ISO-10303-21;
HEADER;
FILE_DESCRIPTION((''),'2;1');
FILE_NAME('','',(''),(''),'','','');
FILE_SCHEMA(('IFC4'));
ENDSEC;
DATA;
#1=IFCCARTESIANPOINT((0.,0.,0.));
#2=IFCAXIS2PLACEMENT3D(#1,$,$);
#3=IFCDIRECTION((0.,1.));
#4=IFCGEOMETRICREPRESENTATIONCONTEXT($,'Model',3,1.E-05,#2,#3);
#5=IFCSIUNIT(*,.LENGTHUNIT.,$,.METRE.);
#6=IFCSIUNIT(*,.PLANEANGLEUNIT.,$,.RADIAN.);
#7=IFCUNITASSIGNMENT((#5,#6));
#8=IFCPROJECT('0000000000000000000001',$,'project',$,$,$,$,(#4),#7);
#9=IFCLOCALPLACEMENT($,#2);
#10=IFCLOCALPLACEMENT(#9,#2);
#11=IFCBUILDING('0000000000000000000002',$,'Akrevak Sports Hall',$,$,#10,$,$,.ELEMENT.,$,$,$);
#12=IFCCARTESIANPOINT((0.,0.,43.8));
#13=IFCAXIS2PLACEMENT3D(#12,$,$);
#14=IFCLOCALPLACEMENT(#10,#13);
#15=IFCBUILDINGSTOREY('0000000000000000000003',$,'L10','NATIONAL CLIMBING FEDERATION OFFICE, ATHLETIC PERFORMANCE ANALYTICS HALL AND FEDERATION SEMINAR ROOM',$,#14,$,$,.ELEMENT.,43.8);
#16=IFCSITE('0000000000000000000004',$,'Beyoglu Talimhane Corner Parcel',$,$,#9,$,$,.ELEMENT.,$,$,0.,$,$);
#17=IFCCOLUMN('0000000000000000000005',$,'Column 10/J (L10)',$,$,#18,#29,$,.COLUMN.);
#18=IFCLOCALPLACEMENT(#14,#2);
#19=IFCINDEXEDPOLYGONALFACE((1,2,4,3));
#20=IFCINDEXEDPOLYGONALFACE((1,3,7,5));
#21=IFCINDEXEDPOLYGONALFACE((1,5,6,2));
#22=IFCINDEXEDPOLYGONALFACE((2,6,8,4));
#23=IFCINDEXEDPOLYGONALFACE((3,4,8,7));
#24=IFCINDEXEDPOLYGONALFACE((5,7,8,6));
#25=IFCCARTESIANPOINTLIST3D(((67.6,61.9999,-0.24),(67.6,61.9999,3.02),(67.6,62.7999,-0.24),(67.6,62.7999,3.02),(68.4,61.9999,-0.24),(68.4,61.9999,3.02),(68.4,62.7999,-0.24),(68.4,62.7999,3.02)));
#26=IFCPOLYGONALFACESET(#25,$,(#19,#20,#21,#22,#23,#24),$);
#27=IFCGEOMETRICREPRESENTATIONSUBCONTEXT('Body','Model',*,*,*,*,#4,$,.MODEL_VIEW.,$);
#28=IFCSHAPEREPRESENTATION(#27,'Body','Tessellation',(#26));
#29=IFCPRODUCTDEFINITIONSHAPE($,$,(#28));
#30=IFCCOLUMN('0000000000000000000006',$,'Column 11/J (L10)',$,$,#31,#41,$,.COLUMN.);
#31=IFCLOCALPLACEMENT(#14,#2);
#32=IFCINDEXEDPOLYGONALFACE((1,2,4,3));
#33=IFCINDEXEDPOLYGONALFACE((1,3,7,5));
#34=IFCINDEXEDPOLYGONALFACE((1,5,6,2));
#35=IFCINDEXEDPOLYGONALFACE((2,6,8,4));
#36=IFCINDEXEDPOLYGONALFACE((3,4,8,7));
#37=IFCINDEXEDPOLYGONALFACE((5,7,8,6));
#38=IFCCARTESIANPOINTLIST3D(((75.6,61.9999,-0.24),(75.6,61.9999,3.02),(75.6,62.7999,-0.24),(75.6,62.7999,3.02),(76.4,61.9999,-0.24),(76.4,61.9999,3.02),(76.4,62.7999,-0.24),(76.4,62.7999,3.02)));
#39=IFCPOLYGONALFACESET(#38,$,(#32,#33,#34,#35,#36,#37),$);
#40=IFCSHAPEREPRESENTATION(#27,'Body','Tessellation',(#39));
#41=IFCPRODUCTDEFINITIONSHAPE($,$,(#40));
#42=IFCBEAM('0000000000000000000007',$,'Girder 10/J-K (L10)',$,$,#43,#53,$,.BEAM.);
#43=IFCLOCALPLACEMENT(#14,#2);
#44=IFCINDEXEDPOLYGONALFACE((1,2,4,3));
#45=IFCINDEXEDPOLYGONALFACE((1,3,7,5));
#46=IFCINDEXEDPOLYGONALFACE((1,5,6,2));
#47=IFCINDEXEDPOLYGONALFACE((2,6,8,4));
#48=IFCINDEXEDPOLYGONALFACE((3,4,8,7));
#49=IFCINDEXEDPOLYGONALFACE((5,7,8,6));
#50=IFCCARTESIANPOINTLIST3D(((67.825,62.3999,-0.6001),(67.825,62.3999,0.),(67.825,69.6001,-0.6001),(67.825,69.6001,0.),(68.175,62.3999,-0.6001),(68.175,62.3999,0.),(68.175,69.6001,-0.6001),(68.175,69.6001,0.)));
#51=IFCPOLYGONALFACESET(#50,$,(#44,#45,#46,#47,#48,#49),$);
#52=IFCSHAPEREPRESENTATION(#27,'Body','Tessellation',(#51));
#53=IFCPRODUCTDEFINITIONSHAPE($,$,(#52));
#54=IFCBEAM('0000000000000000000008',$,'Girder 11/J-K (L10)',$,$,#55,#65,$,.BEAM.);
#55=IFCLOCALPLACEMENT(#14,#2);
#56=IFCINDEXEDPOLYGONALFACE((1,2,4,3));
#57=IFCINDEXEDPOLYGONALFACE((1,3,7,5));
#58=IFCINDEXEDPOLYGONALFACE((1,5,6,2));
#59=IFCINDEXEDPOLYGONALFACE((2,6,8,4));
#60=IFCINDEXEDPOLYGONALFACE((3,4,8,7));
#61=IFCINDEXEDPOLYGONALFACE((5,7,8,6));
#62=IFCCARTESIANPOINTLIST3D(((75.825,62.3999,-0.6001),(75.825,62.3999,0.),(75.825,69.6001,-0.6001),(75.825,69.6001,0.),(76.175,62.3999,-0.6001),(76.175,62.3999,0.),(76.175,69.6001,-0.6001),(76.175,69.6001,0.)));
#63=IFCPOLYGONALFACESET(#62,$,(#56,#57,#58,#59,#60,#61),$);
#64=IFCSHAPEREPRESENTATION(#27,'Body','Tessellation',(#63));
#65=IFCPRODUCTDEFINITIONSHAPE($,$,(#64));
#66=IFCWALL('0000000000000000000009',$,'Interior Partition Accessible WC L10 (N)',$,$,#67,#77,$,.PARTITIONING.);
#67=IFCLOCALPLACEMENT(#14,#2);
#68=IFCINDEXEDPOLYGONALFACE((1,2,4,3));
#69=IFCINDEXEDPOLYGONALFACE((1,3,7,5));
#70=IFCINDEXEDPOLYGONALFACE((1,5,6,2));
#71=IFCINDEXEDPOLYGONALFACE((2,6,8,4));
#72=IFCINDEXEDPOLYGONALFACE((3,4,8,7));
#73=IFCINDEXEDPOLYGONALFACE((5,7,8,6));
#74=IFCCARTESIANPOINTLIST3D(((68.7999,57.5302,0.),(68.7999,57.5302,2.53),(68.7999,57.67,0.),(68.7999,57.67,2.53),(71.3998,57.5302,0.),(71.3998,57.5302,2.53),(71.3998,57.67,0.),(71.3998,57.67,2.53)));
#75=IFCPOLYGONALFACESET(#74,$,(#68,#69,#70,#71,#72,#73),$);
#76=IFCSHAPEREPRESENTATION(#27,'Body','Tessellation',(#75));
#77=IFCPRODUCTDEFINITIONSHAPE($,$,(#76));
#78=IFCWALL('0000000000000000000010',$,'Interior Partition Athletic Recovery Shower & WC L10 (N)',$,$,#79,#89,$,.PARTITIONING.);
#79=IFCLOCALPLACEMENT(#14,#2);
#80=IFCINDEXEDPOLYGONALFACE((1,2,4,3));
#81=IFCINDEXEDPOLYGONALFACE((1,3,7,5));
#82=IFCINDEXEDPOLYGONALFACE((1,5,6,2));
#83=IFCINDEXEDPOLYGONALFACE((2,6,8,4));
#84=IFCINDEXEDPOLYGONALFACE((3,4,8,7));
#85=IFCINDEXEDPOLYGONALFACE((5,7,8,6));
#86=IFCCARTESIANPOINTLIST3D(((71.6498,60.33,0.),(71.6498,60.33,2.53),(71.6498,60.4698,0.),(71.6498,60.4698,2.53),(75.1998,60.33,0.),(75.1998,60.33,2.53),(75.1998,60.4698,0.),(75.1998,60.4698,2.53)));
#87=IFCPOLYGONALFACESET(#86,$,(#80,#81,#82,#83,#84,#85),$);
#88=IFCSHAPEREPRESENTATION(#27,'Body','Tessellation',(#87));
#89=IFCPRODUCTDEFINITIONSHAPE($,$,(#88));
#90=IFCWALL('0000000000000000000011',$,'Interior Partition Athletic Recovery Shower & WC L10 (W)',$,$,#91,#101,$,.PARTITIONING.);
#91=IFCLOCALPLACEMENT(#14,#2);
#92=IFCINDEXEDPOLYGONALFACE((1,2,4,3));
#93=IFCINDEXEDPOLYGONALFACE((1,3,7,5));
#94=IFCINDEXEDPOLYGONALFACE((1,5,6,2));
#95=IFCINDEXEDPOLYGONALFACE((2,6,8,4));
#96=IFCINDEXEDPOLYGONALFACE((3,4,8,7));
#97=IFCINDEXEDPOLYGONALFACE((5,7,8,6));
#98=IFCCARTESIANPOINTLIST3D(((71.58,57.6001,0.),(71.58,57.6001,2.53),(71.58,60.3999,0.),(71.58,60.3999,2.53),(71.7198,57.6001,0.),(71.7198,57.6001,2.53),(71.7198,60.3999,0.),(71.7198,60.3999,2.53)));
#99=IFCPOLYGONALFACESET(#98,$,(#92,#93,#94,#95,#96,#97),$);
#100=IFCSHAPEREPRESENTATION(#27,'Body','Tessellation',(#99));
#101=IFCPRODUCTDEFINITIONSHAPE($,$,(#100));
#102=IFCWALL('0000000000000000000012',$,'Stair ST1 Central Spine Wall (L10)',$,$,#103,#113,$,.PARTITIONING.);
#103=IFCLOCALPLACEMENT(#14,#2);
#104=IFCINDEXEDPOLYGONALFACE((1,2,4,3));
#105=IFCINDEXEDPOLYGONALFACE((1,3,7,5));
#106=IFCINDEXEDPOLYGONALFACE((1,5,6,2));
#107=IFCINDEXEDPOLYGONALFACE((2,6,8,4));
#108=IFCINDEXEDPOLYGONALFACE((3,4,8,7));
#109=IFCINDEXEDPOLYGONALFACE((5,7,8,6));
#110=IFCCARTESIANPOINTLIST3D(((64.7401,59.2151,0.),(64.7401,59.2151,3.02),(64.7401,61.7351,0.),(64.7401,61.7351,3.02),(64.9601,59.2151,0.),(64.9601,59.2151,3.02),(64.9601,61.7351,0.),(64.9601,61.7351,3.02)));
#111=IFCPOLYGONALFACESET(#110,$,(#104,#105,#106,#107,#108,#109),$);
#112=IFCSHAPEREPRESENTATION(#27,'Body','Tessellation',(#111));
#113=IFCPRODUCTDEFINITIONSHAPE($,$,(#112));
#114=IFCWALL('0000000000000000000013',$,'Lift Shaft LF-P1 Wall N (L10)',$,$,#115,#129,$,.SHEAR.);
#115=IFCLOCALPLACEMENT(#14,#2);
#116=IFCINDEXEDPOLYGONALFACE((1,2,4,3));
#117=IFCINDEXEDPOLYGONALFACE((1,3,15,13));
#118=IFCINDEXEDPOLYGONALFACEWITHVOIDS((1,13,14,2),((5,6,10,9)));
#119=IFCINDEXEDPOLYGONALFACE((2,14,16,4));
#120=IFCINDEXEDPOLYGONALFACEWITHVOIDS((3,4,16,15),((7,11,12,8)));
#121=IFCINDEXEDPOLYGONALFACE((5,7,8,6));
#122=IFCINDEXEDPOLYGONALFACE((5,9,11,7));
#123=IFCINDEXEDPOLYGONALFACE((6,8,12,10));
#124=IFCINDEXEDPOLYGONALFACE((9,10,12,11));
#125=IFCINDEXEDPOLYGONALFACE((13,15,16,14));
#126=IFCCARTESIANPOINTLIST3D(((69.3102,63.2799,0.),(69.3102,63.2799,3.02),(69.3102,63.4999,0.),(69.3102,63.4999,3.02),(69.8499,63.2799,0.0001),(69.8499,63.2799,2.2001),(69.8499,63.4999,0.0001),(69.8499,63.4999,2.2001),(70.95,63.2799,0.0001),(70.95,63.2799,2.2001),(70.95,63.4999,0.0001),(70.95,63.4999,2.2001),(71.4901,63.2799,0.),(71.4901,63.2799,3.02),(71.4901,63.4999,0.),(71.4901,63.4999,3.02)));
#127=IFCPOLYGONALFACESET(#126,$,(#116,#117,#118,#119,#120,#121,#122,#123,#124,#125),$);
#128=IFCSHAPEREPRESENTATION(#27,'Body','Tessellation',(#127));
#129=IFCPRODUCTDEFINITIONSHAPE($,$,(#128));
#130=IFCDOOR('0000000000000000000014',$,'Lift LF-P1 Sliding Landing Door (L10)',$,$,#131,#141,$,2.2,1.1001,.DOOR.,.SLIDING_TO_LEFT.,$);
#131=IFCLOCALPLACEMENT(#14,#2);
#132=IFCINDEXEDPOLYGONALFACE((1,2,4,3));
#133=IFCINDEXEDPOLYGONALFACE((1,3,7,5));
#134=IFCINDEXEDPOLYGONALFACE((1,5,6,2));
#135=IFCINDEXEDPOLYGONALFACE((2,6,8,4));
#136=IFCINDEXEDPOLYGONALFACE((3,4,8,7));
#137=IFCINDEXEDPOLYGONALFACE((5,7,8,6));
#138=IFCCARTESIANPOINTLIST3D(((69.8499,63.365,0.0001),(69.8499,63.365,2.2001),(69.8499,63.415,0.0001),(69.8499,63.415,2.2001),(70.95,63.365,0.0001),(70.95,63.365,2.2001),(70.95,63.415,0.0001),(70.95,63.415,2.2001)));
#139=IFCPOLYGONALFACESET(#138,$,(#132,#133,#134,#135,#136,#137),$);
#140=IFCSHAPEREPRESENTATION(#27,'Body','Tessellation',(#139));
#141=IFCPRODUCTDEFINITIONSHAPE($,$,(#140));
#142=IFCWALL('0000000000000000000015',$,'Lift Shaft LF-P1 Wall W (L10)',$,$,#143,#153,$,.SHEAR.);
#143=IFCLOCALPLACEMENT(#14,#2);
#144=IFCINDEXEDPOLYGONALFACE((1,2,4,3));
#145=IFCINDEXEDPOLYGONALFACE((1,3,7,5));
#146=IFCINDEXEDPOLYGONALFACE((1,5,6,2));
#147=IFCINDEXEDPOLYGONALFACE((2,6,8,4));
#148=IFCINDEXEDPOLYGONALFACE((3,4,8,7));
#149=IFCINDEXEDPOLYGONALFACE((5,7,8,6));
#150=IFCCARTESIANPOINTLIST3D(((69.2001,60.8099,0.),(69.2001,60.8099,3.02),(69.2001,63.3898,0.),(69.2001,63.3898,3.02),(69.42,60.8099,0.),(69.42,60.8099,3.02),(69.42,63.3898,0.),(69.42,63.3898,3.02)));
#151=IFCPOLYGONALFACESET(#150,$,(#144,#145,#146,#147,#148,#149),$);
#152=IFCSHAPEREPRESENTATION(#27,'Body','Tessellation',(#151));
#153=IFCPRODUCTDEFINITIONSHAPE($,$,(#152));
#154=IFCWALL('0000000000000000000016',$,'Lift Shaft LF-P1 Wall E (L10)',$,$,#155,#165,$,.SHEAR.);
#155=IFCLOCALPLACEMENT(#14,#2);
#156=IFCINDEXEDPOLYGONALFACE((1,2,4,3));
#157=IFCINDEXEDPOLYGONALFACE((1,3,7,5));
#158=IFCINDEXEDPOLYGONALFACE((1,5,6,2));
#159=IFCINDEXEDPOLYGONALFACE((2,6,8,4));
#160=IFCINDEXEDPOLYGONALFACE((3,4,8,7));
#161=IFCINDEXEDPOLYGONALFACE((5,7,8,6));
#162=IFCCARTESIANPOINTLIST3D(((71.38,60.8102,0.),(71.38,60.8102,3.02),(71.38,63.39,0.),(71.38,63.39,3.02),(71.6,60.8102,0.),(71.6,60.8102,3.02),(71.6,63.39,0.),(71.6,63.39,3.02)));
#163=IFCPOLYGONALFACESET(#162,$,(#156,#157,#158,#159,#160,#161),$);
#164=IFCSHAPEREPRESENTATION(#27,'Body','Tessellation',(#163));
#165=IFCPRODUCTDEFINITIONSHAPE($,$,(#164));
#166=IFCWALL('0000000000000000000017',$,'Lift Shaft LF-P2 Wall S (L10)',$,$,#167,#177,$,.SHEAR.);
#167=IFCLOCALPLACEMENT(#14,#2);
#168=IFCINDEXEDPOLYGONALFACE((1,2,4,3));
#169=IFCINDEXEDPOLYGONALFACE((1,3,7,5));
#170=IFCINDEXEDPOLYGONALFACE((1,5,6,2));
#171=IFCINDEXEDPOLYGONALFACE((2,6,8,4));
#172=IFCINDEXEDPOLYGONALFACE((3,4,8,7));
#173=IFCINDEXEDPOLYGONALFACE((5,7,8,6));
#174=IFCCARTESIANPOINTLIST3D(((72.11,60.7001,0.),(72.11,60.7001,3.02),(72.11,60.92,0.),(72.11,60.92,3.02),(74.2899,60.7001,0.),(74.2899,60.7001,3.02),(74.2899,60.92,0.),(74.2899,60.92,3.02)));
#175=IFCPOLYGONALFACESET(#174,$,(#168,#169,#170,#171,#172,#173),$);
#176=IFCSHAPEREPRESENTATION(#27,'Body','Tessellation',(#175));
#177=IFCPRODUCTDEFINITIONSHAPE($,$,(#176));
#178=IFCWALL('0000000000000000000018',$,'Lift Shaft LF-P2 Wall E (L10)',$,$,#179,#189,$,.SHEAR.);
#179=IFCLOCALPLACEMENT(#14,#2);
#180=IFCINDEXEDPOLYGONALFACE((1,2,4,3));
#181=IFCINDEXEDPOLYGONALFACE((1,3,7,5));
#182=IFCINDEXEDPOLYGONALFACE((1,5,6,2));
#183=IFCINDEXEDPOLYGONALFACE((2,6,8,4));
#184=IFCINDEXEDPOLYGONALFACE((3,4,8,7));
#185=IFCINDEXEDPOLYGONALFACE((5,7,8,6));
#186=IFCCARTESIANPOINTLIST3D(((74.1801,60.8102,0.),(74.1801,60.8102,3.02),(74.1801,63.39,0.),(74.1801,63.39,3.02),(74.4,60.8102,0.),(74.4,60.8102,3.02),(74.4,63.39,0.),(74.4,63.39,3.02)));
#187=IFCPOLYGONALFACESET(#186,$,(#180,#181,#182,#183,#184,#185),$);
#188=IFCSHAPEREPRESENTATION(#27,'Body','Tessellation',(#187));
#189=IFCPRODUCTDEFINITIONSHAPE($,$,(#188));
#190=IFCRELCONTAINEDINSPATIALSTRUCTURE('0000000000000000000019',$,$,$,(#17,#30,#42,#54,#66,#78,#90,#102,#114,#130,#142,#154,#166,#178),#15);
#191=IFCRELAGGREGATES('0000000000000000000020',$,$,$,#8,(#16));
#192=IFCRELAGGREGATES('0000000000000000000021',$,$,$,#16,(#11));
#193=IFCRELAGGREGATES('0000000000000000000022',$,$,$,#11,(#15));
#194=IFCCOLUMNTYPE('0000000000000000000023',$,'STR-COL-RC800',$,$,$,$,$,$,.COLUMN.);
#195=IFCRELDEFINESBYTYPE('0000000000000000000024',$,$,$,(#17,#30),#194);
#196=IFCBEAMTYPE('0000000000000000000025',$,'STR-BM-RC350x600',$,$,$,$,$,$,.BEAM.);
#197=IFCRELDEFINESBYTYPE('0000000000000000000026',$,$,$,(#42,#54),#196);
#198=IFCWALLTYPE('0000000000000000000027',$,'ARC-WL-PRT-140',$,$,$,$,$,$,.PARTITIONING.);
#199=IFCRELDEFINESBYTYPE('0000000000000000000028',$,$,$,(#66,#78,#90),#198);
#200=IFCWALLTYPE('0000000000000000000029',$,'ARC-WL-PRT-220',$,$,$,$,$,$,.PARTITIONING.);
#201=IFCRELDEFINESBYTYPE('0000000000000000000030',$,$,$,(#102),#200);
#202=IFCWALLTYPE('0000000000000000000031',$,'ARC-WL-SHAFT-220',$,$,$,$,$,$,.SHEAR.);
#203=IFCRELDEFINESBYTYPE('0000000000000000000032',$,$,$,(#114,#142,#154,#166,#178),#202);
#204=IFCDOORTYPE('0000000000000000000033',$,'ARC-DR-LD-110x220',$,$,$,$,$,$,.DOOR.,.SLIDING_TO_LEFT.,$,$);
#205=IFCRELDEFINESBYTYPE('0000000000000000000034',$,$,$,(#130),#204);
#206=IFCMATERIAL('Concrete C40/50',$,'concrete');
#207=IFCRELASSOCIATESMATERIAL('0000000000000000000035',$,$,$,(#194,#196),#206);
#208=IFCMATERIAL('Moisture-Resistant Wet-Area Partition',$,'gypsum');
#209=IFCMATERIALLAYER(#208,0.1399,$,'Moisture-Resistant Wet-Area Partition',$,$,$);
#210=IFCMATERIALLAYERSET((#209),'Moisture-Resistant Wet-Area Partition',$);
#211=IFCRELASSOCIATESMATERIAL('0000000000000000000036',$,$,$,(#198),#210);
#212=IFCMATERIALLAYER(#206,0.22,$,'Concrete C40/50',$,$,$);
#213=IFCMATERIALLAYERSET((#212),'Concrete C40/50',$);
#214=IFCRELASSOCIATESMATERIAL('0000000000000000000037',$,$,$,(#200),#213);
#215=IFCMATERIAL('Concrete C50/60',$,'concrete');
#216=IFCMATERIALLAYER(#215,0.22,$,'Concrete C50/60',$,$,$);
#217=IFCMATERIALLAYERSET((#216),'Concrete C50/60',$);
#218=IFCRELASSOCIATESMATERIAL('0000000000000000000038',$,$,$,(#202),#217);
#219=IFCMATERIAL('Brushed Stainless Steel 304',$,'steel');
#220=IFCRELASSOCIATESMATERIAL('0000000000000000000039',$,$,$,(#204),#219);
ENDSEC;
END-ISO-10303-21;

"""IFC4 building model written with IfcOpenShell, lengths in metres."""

from ifc_helpers import new_model, si_unit, direction, frame, frame_2d, origin, origin_2d, place, context, subcontext, project, spatial, rectangle, extrude, material, layer, layer_set, material_profile, profile_set, type_object, element, fill, save


model = new_model("IFC4")

# Units and contexts
model_context = context("Model", 3, precision=1e-05, world=origin(), true_north=direction((0.0, 1.0)))
body_context = subcontext(model_context, "Body", "Model", "MODEL_VIEW")
ifc_project = project(units=[si_unit("LENGTHUNIT", "METRE"), si_unit("PLANEANGLEUNIT", "RADIAN")], contexts=[model_context])

# Site, building, storey
site_placement = place(None, origin())
site = spatial("IfcSite", under=ifc_project, at=site_placement, Name="Beyoglu Talimhane Corner Parcel", CompositionType="ELEMENT", RefElevation=0.0)
building_placement = place(site_placement, origin())
building = spatial("IfcBuilding", under=site, at=building_placement, Name="Akrevak Sports Hall", CompositionType="ELEMENT")
storey_placement = place(building_placement, frame((0.0, 0.0, 43.8)))
storey = spatial("IfcBuildingStorey", under=building, at=storey_placement, Name="L10", Description="NATIONAL CLIMBING FEDERATION OFFICE, ATHLETIC PERFORMANCE ANALYTICS HALL AND FEDERATION SEMINAR ROOM", CompositionType="ELEMENT", Elevation=43.8)

# Columns
ifc_material_1 = material(Name="Concrete C40/50", Category="concrete")
ifc_material_profile_1 = material_profile(ifc_material_1, rectangle(XDim=0.8, YDim=0.8, at=origin_2d()), Name="RC 800x800", Category="concrete")
ifc_profile_set_1 = profile_set([ifc_material_profile_1], Name="Concrete C40/50")
column_type = type_object("IfcColumnType", Name="STR-COL-RC800", PredefinedType="COLUMN", material=ifc_profile_set_1)
for number, where, z_axis, x_axis, name in (
    (1, (68.0, 62.3999, -0.24), (0.0, 0.0, 1.0), (1.0, 0.0, 0.0), "Column 10/J (L10)"),
    (2, (76.0, 62.3999, -0.24), (0.0, 0.0, 1.0), (1.0, 0.0, 0.0), "Column 11/J (L10)"),
):
    element("IfcColumn", number, at=place(storey_placement, frame(where, z_axis=z_axis, x_axis=x_axis)), inside=storey, type_object=column_type, Name=name, PredefinedType="COLUMN", context=body_context, shape_type="SweptSolid", body=[
        extrude(rectangle(XDim=0.8, YDim=0.8, at=origin_2d()), origin(), (0.0, 0.0, 1.0), 3.26),
    ])

# Beams
ifc_material_profile_2 = material_profile(ifc_material_1, rectangle(XDim=0.3501, YDim=0.6001, at=origin_2d()), Name="BM 350x600", Category="concrete")
ifc_profile_set_2 = profile_set([ifc_material_profile_2], Name="Concrete C40/50")
beam_type = type_object("IfcBeamType", Name="STR-BM-RC350x600", PredefinedType="BEAM", material=ifc_profile_set_2)
for number, where, z_axis, x_axis, name in (
    (3, (68.0, 62.3999, -0.3), (0.0, 1.0, 0.0), (-1.0, 0.0, 0.0), "Girder 10/J-K (L10)"),
    (4, (76.0, 62.3999, -0.3), (0.0, 1.0, 0.0), (-1.0, 0.0, 0.0), "Girder 11/J-K (L10)"),
):
    element("IfcBeam", number, at=place(storey_placement, frame(where, z_axis=z_axis, x_axis=x_axis)), inside=storey, type_object=beam_type, Name=name, PredefinedType="BEAM", context=body_context, shape_type="SweptSolid", body=[
        extrude(rectangle(XDim=0.3501, YDim=0.6001, at=origin_2d()), origin(), (0.0, 0.0, 1.0), 7.2002),
    ])

# Walls
ifc_material_2 = material(Name="Moisture-Resistant Wet-Area Partition", Category="gypsum")
ifc_layer_1 = layer(ifc_material_2, 0.1399, Name="Moisture-Resistant Wet-Area Partition")
ifc_layer_set_1 = layer_set([ifc_layer_1], Name="Moisture-Resistant Wet-Area Partition")
wall_type_1 = type_object("IfcWallType", Name="ARC-WL-PRT-140", PredefinedType="PARTITIONING", material=ifc_layer_set_1)
wall_1_placement = place(storey_placement, frame((68.8, 57.6001, 0.0), z_axis=(0.0, 0.0, 1.0), x_axis=(1.0, 0.0, 0.0)))
element("IfcWall", 5, at=wall_1_placement, inside=storey, type_object=wall_type_1, Name="Interior Partition Accessible WC L10 (N)", PredefinedType="PARTITIONING", context=body_context, shape_type="SweptSolid", body=[
    extrude(rectangle(XDim=2.5999, YDim=0.1399, at=frame_2d((1.2998, 0.0))), origin(), (0.0, 0.0, 1.0), 2.53),
])
wall_2_placement = place(storey_placement, frame((71.6499, 60.3999, 0.0), z_axis=(0.0, 0.0, 1.0), x_axis=(1.0, 0.0, 0.0)))
element("IfcWall", 6, at=wall_2_placement, inside=storey, type_object=wall_type_1, Name="Interior Partition Athletic Recovery Shower & WC L10 (N)", PredefinedType="PARTITIONING", context=body_context, shape_type="SweptSolid", body=[
    extrude(rectangle(XDim=3.55, YDim=0.1399, at=frame_2d((1.7749, 0.0))), origin(), (0.0, 0.0, 1.0), 2.53),
])
wall_3_placement = place(storey_placement, frame((71.6499, 57.6001, 0.0), z_axis=(0.0, 0.0, 1.0), x_axis=(0.0, 1.0, 0.0)))
element("IfcWall", 7, at=wall_3_placement, inside=storey, type_object=wall_type_1, Name="Interior Partition Athletic Recovery Shower & WC L10 (W)", PredefinedType="PARTITIONING", context=body_context, shape_type="SweptSolid", body=[
    extrude(rectangle(XDim=2.7998, YDim=0.1399, at=frame_2d((1.3999, 0.0))), origin(), (0.0, 0.0, 1.0), 2.53),
])
ifc_layer_2 = layer(ifc_material_1, 0.22, Name="Concrete C40/50")
ifc_layer_set_2 = layer_set([ifc_layer_2], Name="Concrete C40/50")
wall_type_2 = type_object("IfcWallType", Name="ARC-WL-PRT-220", PredefinedType="PARTITIONING", material=ifc_layer_set_2)
wall_4_placement = place(storey_placement, frame((64.8501, 59.2151, 0.0), z_axis=(0.0, 0.0, 1.0), x_axis=(0.0, 1.0, 0.0)))
element("IfcWall", 8, at=wall_4_placement, inside=storey, type_object=wall_type_2, Name="Stair ST1 Central Spine Wall (L10)", PredefinedType="PARTITIONING", context=body_context, shape_type="SweptSolid", body=[
    extrude(rectangle(XDim=2.52, YDim=0.22, at=frame_2d((1.26, 0.0))), origin(), (0.0, 0.0, 1.0), 3.02),
])
ifc_material_3 = material(Name="Concrete C50/60", Category="concrete")
ifc_layer_3 = layer(ifc_material_3, 0.22, Name="Concrete C50/60")
ifc_layer_set_3 = layer_set([ifc_layer_3], Name="Concrete C50/60")
wall_type_3 = type_object("IfcWallType", Name="ARC-WL-SHAFT-220", PredefinedType="SHEAR", material=ifc_layer_set_3)

# Wall, opening, door
wall_5_placement = place(storey_placement, frame((71.49, 63.3899, 0.0), z_axis=(0.0, 0.0, 1.0), x_axis=(-1.0, 0.0, 0.0)))
wall_5 = element("IfcWall", 9, at=wall_5_placement, inside=storey, type_object=wall_type_3, Name="Lift Shaft LF-P1 Wall N (L10)", PredefinedType="SHEAR", context=body_context, shape_type="SweptSolid", body=[
    extrude(rectangle(XDim=2.1799, YDim=0.22, at=frame_2d((1.0898, 0.0))), origin(), (0.0, 0.0, 1.0), 3.02),
])
opening_1_placement = place(wall_5_placement, frame((0.54, 0.0, 0.0)))
opening_1 = element("IfcOpeningElement", 10, at=opening_1_placement, cuts=wall_5, PredefinedType="OPENING", context=body_context, shape_type="SweptSolid", body=[
    extrude(rectangle(XDim=1.1001, YDim=2.2, at=frame_2d((0.55, 1.1001))), frame((0.0, 0.1221, 0.0), z_axis=(0.0, -1.0, 0.0), x_axis=(1.0, 0.0, 0.0)), (0.0, 0.0, 1.0), 0.2439),
])
ifc_material_4 = material(Name="Brushed Stainless Steel 304", Category="steel")
door_type_1 = type_object("IfcDoorType", Name="ARC-DR-LD-110x220", OperationType="SLIDING_TO_LEFT", PredefinedType="DOOR", material=ifc_material_4)
door_1_placement = place(opening_1_placement, origin())
door_1 = element("IfcDoor", 11, at=door_1_placement, inside=storey, type_object=door_type_1, Name="Lift LF-P1 Sliding Landing Door (L10)", OperationType="SLIDING_TO_LEFT", OverallHeight=2.2, OverallWidth=1.1001, PredefinedType="DOOR", context=body_context, shape_type="SweptSolid", body=[
    extrude(rectangle(XDim=1.1001, YDim=2.2, at=frame_2d((0.55, 1.1001))), frame((0.0, 0.0249, 0.0), z_axis=(0.0, -1.0, 0.0), x_axis=(1.0, 0.0, 0.0)), (0.0, 0.0, 1.0), 0.05),
])
fill(opening_1, door_1)

# Walls
for number, where, z_axis, x_axis, name in (
    (12, (69.3101, 63.3899, 0.0), (0.0, 0.0, 1.0), (0.0, -1.0, 0.0), "Lift Shaft LF-P1 Wall W (L10)"),
    (13, (71.49, 60.8101, 0.0), (0.0, 0.0, 1.0), (0.0, 1.0, 0.0), "Lift Shaft LF-P1 Wall E (L10)"),
):
    element("IfcWall", number, at=place(storey_placement, frame(where, z_axis=z_axis, x_axis=x_axis)), inside=storey, type_object=wall_type_3, Name=name, PredefinedType="SHEAR", context=body_context, shape_type="SweptSolid", body=[
        extrude(rectangle(XDim=2.5798, YDim=0.22, at=frame_2d((1.29, 0.0))), origin(), (0.0, 0.0, 1.0), 3.02),
    ])
wall_6_placement = place(storey_placement, frame((72.1101, 60.8101, 0.0), z_axis=(0.0, 0.0, 1.0), x_axis=(1.0, 0.0, 0.0)))
element("IfcWall", 14, at=wall_6_placement, inside=storey, type_object=wall_type_3, Name="Lift Shaft LF-P2 Wall S (L10)", PredefinedType="SHEAR", context=body_context, shape_type="SweptSolid", body=[
    extrude(rectangle(XDim=2.1799, YDim=0.22, at=frame_2d((1.0898, 0.0))), origin(), (0.0, 0.0, 1.0), 3.02),
])
wall_7_placement = place(storey_placement, frame((74.29, 60.8101, 0.0), z_axis=(0.0, 0.0, 1.0), x_axis=(0.0, 1.0, 0.0)))
element("IfcWall", 15, at=wall_7_placement, inside=storey, type_object=wall_type_3, Name="Lift Shaft LF-P2 Wall E (L10)", PredefinedType="SHEAR", context=body_context, shape_type="SweptSolid", body=[
    extrude(rectangle(XDim=2.5798, YDim=0.22, at=frame_2d((1.29, 0.0))), origin(), (0.0, 0.0, 1.0), 3.02),
])

save(model, "model.ifc")
